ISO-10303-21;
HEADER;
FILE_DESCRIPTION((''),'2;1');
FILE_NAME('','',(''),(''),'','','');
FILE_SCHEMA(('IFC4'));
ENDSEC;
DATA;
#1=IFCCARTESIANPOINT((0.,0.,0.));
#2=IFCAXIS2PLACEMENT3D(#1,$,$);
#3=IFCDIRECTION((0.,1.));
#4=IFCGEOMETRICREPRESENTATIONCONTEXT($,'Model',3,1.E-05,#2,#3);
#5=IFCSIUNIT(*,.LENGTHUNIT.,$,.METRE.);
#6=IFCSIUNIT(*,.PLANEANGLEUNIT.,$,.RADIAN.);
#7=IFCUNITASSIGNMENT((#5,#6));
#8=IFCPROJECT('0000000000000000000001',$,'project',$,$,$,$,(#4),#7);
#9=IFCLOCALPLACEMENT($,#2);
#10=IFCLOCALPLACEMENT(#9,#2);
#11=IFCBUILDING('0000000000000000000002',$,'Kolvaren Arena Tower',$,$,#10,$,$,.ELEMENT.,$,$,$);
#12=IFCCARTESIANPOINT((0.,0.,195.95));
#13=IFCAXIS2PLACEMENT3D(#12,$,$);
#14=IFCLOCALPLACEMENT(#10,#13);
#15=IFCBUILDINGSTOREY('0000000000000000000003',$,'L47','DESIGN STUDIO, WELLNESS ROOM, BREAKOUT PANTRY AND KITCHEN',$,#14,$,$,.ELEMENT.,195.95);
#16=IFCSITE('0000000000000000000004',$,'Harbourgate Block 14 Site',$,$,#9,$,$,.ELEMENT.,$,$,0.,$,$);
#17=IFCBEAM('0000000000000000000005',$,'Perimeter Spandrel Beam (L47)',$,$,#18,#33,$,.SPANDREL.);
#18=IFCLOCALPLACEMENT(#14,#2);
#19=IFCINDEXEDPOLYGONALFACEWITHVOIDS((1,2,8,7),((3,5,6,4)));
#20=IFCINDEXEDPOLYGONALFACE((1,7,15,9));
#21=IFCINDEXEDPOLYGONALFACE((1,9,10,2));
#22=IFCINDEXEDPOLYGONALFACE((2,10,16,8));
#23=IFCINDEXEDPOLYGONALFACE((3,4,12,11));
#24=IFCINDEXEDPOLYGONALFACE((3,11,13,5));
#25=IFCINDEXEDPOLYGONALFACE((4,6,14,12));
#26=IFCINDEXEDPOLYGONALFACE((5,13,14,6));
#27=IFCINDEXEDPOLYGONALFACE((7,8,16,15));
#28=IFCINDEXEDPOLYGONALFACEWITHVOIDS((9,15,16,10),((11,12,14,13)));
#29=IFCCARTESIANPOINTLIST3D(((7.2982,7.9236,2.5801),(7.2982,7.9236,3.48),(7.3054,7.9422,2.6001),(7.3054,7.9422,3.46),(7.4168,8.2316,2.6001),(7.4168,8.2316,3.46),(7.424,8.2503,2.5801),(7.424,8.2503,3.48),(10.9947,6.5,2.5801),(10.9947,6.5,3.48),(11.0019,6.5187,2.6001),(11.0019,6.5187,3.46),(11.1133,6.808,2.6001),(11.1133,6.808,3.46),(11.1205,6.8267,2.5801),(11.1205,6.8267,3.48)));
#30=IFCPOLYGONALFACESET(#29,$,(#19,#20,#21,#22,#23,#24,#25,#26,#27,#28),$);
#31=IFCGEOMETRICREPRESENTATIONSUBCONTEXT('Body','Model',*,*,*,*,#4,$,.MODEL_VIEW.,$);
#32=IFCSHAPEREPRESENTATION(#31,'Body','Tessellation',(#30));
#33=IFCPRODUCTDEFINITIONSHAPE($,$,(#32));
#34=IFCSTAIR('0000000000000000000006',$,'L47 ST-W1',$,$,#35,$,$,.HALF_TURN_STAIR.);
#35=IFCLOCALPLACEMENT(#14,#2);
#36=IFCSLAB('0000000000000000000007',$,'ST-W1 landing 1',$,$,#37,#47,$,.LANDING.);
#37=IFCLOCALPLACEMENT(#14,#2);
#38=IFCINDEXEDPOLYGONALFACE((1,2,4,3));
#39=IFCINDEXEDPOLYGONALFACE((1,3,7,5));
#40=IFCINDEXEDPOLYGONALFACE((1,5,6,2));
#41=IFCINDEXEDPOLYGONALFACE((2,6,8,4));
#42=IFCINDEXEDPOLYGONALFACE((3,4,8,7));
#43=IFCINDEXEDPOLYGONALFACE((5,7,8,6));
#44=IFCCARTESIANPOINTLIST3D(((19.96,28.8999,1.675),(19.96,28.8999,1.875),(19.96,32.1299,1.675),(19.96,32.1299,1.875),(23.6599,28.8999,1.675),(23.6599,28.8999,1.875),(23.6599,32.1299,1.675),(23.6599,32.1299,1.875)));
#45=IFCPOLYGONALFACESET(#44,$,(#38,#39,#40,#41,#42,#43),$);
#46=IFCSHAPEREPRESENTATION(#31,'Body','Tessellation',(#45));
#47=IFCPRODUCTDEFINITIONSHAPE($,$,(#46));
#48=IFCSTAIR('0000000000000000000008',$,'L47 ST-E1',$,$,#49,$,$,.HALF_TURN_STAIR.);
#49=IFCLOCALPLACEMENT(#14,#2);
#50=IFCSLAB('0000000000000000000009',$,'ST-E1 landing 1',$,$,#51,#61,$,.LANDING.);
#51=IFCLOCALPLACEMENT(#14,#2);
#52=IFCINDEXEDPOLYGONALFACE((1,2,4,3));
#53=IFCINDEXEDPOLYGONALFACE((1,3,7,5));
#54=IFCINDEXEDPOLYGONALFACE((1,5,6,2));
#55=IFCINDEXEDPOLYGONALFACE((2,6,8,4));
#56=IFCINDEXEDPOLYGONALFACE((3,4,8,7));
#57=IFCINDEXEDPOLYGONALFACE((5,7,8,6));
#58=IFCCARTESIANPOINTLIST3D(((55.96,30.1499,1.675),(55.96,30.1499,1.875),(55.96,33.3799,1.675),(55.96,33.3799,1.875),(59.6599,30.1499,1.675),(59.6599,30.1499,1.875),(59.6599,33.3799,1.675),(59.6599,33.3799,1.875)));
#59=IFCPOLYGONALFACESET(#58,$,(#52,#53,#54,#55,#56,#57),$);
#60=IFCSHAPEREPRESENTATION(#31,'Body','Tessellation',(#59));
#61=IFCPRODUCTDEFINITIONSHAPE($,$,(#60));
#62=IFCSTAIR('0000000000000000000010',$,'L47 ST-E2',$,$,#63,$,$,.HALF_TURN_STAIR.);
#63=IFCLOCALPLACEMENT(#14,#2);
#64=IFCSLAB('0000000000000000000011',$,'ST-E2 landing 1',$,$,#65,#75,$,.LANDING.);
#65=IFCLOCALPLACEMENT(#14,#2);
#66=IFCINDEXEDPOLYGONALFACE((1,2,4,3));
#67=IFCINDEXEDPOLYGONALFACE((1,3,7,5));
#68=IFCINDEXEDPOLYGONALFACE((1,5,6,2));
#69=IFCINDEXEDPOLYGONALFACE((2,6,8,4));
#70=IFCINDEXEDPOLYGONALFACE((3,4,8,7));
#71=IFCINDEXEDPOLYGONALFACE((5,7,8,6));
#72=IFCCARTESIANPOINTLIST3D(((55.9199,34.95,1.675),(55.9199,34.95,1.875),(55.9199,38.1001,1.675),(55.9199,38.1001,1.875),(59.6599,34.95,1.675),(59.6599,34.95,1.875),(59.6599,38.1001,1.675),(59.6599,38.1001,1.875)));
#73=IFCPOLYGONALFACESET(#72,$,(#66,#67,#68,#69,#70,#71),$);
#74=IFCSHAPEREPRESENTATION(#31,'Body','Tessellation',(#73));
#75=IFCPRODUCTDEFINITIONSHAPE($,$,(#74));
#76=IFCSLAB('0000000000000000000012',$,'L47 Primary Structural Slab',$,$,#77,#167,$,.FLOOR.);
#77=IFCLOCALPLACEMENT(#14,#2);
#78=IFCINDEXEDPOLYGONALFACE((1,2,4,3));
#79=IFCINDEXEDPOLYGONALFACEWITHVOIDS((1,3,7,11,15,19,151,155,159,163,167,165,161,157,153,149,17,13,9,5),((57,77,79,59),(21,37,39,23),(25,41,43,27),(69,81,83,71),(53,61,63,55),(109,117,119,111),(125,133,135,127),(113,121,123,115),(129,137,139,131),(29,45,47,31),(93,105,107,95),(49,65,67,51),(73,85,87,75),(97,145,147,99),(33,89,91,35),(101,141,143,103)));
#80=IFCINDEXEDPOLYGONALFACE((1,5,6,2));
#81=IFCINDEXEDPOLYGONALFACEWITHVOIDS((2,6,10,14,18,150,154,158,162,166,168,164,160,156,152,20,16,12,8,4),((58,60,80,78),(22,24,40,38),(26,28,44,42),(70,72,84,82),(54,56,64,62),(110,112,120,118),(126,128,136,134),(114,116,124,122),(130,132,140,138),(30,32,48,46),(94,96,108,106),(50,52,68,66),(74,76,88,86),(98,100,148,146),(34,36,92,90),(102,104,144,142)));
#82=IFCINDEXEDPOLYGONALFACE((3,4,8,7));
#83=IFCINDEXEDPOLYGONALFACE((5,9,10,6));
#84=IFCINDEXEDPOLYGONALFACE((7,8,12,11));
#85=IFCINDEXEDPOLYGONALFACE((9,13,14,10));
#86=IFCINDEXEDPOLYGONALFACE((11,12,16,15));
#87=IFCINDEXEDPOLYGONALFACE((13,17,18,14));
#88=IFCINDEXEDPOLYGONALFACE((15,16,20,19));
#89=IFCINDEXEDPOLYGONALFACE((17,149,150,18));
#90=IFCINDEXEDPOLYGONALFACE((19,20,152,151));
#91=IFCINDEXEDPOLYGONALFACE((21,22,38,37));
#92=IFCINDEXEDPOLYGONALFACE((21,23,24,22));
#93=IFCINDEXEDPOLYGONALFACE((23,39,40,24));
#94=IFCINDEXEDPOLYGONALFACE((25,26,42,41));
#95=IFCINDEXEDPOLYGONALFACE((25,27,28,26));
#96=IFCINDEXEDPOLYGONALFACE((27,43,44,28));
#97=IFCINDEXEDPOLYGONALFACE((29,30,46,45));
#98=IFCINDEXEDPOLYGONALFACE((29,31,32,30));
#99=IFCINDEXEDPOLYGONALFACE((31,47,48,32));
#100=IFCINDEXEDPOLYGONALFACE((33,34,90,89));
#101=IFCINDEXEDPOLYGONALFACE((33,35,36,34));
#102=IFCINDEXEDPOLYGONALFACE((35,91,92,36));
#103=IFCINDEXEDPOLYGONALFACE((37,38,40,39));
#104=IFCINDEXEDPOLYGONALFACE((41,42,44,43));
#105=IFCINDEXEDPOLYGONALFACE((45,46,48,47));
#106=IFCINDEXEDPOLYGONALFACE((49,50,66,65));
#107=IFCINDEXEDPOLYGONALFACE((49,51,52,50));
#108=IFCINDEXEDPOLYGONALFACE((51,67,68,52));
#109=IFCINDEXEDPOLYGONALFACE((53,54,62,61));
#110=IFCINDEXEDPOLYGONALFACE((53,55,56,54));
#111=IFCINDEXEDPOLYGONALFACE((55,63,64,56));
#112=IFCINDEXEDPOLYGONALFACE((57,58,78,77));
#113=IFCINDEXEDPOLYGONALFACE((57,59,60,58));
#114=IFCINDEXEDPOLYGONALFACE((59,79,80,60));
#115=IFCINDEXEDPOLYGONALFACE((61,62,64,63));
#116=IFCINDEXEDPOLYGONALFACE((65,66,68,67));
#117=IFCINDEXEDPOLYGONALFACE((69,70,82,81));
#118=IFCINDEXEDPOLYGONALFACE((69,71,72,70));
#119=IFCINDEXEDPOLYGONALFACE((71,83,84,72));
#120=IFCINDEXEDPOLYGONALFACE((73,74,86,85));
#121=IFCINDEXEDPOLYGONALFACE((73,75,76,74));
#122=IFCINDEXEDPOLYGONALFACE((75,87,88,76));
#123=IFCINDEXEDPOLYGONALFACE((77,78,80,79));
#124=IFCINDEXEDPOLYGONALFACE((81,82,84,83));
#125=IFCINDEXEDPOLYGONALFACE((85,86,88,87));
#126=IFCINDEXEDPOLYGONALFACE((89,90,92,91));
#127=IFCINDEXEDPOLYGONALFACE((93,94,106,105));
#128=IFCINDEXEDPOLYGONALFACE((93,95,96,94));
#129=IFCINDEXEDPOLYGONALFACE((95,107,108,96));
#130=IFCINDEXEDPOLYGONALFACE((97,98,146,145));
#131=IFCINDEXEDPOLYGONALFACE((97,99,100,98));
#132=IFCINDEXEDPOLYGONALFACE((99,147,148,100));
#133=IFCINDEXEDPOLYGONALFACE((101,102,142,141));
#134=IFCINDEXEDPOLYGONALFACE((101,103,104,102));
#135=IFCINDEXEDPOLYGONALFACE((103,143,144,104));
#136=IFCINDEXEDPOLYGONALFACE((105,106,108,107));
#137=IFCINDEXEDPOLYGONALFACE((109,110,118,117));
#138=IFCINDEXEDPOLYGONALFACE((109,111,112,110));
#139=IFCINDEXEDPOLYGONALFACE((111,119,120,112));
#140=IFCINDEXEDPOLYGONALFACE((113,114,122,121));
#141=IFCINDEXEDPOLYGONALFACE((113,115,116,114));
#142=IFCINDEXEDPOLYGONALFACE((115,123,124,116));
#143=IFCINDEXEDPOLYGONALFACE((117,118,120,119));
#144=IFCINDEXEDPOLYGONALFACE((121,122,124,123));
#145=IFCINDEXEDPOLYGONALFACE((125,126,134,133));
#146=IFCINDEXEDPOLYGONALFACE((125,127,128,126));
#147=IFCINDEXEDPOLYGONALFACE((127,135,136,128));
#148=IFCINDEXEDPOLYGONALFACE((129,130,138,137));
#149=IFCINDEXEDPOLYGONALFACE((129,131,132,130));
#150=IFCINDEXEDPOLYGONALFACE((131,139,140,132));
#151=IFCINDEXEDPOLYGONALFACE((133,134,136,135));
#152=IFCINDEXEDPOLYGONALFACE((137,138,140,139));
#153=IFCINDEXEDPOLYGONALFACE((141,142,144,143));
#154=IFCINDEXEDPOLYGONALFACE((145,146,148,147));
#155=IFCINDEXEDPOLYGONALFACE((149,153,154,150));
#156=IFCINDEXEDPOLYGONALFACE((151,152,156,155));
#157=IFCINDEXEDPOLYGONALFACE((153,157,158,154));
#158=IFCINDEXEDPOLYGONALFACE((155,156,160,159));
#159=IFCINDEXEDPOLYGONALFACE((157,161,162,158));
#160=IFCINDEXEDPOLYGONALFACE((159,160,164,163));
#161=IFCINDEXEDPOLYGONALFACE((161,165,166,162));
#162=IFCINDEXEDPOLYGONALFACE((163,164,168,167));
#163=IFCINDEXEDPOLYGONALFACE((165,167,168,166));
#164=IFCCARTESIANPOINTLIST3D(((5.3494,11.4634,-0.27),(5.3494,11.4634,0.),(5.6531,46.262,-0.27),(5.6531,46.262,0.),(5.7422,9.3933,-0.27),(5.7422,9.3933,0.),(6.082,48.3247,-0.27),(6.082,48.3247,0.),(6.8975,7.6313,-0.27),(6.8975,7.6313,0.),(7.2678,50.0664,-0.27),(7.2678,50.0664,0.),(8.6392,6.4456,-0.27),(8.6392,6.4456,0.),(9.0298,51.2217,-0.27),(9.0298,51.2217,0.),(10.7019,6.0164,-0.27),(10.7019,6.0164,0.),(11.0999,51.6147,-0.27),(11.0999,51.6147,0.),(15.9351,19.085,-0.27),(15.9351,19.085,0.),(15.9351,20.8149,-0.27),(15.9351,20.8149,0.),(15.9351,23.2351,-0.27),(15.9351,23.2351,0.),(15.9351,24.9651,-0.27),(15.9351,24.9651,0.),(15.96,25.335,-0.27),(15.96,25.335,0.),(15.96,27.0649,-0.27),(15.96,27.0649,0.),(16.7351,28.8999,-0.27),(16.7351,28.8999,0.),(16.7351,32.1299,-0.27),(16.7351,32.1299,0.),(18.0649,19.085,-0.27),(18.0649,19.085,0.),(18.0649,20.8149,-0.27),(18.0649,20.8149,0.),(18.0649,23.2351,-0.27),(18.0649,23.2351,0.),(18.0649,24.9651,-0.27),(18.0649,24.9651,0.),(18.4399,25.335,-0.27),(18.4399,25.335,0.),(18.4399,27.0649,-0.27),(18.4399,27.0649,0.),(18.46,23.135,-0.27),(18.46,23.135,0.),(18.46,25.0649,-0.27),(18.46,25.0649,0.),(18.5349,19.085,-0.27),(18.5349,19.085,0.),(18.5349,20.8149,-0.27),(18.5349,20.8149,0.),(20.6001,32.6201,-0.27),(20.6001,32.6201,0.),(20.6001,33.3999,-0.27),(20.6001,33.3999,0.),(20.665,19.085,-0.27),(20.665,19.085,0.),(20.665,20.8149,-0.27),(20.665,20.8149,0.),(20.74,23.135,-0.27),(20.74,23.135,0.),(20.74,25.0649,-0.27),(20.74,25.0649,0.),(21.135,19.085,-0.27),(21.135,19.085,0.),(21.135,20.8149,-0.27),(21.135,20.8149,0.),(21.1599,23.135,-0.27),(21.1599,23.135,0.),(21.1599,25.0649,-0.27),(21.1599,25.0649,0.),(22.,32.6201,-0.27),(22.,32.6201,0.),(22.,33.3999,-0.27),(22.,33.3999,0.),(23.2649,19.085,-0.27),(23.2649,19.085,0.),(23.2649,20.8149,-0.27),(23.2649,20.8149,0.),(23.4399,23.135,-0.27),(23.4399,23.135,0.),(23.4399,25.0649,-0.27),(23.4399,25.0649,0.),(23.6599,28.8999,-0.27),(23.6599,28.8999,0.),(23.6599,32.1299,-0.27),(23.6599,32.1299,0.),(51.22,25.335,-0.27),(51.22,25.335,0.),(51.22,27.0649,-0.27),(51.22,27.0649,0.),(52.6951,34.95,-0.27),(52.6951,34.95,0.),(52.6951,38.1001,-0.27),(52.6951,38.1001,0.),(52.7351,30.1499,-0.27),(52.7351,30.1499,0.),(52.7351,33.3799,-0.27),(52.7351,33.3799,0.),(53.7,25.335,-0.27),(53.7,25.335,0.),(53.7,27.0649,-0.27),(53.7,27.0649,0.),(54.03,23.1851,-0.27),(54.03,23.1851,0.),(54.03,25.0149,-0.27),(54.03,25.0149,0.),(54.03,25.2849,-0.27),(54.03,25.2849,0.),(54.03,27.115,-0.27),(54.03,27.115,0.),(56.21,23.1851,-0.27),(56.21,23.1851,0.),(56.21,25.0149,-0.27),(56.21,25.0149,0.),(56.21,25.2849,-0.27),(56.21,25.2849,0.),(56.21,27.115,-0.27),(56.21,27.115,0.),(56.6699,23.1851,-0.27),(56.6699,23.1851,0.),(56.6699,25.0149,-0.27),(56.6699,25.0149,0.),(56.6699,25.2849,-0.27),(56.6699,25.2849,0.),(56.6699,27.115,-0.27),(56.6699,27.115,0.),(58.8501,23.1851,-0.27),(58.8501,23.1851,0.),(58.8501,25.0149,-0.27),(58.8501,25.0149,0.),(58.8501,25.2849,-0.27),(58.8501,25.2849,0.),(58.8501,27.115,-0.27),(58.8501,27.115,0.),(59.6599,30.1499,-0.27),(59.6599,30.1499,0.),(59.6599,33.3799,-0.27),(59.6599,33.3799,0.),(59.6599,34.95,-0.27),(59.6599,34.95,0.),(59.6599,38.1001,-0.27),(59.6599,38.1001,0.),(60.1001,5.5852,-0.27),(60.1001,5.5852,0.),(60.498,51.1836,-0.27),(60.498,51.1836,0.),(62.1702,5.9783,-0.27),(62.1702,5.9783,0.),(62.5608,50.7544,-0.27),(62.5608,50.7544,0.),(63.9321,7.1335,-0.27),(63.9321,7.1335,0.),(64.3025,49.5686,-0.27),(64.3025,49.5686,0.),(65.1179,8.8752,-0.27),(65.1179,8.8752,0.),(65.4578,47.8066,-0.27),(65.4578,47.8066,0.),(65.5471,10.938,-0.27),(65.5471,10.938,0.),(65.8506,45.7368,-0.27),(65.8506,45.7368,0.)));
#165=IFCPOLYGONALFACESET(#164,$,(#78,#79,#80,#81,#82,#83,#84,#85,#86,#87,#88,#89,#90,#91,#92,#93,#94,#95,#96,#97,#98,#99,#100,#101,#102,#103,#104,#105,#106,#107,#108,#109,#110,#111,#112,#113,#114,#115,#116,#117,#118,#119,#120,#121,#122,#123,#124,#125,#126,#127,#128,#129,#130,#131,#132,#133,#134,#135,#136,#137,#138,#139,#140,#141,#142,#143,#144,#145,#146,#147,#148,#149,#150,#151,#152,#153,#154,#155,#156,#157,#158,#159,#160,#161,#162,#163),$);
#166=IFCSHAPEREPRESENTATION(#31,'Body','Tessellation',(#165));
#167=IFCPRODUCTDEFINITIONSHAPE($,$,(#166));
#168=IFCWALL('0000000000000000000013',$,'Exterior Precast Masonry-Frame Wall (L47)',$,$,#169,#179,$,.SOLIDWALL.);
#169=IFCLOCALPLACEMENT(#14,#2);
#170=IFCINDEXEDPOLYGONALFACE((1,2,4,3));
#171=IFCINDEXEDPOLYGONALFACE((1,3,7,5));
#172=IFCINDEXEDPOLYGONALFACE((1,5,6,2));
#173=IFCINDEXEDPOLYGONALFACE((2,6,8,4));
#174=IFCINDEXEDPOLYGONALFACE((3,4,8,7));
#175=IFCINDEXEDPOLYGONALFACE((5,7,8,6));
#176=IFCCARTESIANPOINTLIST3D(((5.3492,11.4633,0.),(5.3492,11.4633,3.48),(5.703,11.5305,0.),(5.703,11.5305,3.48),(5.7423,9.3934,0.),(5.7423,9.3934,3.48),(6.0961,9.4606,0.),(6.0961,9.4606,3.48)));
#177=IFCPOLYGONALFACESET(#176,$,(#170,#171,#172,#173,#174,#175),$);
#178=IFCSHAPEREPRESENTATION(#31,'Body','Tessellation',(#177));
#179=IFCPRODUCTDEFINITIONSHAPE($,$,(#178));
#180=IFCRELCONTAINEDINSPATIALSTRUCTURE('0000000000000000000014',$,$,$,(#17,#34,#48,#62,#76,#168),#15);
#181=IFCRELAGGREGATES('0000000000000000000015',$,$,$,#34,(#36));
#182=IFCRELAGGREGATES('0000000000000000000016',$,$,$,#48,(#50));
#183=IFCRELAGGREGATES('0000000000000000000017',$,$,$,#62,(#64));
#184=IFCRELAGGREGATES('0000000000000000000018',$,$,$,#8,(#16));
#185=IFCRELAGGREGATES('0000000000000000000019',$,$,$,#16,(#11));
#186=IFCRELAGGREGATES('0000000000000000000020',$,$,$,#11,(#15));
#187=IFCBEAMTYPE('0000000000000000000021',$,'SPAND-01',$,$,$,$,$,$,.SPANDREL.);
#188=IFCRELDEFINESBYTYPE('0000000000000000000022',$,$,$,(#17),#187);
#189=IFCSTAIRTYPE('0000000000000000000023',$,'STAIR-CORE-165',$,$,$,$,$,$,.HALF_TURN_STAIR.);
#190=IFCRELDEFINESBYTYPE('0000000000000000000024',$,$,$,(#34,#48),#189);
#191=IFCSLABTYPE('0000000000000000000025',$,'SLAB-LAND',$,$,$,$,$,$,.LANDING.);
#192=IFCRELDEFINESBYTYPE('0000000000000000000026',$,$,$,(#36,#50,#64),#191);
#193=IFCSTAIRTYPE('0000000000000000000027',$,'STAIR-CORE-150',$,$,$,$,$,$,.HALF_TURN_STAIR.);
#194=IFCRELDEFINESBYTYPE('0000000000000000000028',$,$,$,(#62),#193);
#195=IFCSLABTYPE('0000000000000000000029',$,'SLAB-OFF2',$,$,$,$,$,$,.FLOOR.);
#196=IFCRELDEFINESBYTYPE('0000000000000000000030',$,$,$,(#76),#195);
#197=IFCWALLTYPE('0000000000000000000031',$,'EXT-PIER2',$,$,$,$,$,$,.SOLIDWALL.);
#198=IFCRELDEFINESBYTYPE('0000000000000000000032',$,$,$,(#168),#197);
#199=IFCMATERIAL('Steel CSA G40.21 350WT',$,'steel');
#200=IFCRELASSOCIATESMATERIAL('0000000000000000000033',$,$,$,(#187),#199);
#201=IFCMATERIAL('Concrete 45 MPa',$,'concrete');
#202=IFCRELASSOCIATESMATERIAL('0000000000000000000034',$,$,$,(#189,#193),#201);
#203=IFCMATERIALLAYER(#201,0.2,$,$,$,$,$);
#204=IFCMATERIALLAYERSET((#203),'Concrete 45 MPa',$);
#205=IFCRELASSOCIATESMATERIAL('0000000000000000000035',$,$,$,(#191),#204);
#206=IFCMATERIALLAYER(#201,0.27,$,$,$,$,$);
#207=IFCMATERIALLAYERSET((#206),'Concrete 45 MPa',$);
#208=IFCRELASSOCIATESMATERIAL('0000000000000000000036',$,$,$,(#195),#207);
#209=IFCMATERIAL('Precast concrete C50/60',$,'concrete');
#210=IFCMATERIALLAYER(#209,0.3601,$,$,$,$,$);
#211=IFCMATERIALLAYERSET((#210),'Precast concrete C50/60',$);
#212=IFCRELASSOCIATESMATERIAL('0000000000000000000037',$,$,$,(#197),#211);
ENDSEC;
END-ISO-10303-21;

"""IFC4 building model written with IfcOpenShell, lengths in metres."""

from ifc_helpers import new_model, si_unit, direction, frame, frame_2d, origin, origin_2d, place, context, subcontext, project, spatial, polyline, rectangle, hollow_rectangle, outline, extrude, material, layer, layer_set, material_profile, profile_set, type_object, element, aggregate, save


model = new_model("IFC4")

# Units and contexts
model_context = context("Model", 3, precision=1e-05, world=origin(), true_north=direction((0.0, 1.0)))
body_context = subcontext(model_context, "Body", "Model", "MODEL_VIEW")
ifc_project = project(units=[si_unit("LENGTHUNIT", "METRE"), si_unit("PLANEANGLEUNIT", "RADIAN")], contexts=[model_context])

# Site, building, storey
site_placement = place(None, origin())
site = spatial("IfcSite", under=ifc_project, at=site_placement, Name="Harbourgate Block 14 Site", CompositionType="ELEMENT", RefElevation=0.0)
building_placement = place(site_placement, origin())
building = spatial("IfcBuilding", under=site, at=building_placement, Name="Kolvaren Arena Tower", CompositionType="ELEMENT")
storey_placement = place(building_placement, frame((0.0, 0.0, 195.95)))
storey = spatial("IfcBuildingStorey", under=building, at=storey_placement, Name="L47", Description="DESIGN STUDIO, WELLNESS ROOM, BREAKOUT PANTRY AND KITCHEN", CompositionType="ELEMENT", Elevation=195.95)

# Beam
ifc_material_1 = material(Name="Steel CSA G40.21 350WT", Category="steel")
ifc_material_profile_1 = material_profile(ifc_material_1, hollow_rectangle(XDim=0.3501, YDim=0.8999, WallThickness=0.02, at=origin_2d()), Name="HSS 900x350x20")
ifc_profile_set_1 = profile_set([ifc_material_profile_1], Name="Steel CSA G40.21 350WT")
beam_type_1 = type_object("IfcBeamType", Name="SPAND-01", PredefinedType="SPANDREL", material=ifc_profile_set_1)
beam_1_placement = place(storey_placement, frame((7.3611, 8.0869, 3.03), z_axis=(0.93319, -0.359384, 0.0), x_axis=(0.359384, 0.93319, 0.0)))
element("IfcBeam", 1, at=beam_1_placement, inside=storey, type_object=beam_type_1, Name="Perimeter Spandrel Beam (L47)", PredefinedType="SPANDREL", context=body_context, shape_type="SweptSolid", body=[
    extrude(hollow_rectangle(XDim=0.3501, YDim=0.8999, WallThickness=0.02, at=origin_2d()), origin(), (0.0, 0.0, 1.0), 3.9612),
])

# Stairs, slabs
ifc_material_2 = material(Name="Concrete 45 MPa", Category="concrete")
stair_type_1 = type_object("IfcStairType", Name="STAIR-CORE-165", PredefinedType="HALF_TURN_STAIR", material=ifc_material_2)
stair_1_placement = place(storey_placement, origin())
stair_1 = element("IfcStair", 2, at=stair_1_placement, inside=storey, type_object=stair_type_1, Name="L47 ST-W1", PredefinedType="HALF_TURN_STAIR")
ifc_layer_1 = layer(ifc_material_2, 0.2)
ifc_layer_set_1 = layer_set([ifc_layer_1], Name="Concrete 45 MPa")
slab_type_1 = type_object("IfcSlabType", Name="SLAB-LAND", PredefinedType="LANDING", material=ifc_layer_set_1)
slab_1_placement = place(storey_placement, frame((0.0, 0.0, 1.675)))
slab_1 = element("IfcSlab", 3, at=slab_1_placement, type_object=slab_type_1, Name="ST-W1 landing 1", PredefinedType="LANDING", context=body_context, shape_type="SweptSolid", body=[
    extrude(outline(polyline([(19.96, 28.8999), (23.6599, 28.8999), (23.6599, 32.1299), (19.96, 32.1299), (19.96, 28.8999)])), origin(), (0.0, 0.0, 1.0), 0.2),
])
aggregate(stair_1, [slab_1])
stair_2_placement = place(storey_placement, origin())
stair_2 = element("IfcStair", 4, at=stair_2_placement, inside=storey, type_object=stair_type_1, Name="L47 ST-E1", PredefinedType="HALF_TURN_STAIR")
slab_2_placement = place(storey_placement, frame((0.0, 0.0, 1.675)))
slab_2 = element("IfcSlab", 5, at=slab_2_placement, type_object=slab_type_1, Name="ST-E1 landing 1", PredefinedType="LANDING", context=body_context, shape_type="SweptSolid", body=[
    extrude(outline(polyline([(55.96, 30.1499), (59.6599, 30.1499), (59.6599, 33.3799), (55.96, 33.3799), (55.96, 30.1499)])), origin(), (0.0, 0.0, 1.0), 0.2),
])
aggregate(stair_2, [slab_2])
stair_type_2 = type_object("IfcStairType", Name="STAIR-CORE-150", PredefinedType="HALF_TURN_STAIR", material=ifc_material_2)
stair_3_placement = place(storey_placement, origin())
stair_3 = element("IfcStair", 6, at=stair_3_placement, inside=storey, type_object=stair_type_2, Name="L47 ST-E2", PredefinedType="HALF_TURN_STAIR")
slab_3_placement = place(storey_placement, frame((0.0, 0.0, 1.675)))
slab_3 = element("IfcSlab", 7, at=slab_3_placement, type_object=slab_type_1, Name="ST-E2 landing 1", PredefinedType="LANDING", context=body_context, shape_type="SweptSolid", body=[
    extrude(outline(polyline([(55.9199, 34.95), (59.6599, 34.95), (59.6599, 38.1001), (55.9199, 38.1001), (55.9199, 34.95)])), origin(), (0.0, 0.0, 1.0), 0.2),
])
aggregate(stair_3, [slab_3])

# Slab
ifc_layer_2 = layer(ifc_material_2, 0.27)
ifc_layer_set_2 = layer_set([ifc_layer_2], Name="Concrete 45 MPa")
slab_type_2 = type_object("IfcSlabType", Name="SLAB-OFF2", PredefinedType="FLOOR", material=ifc_layer_set_2)
slab_4_placement = place(storey_placement, frame((0.0, 0.0, -0.27)))
element("IfcSlab", 8, at=slab_4_placement, inside=storey, type_object=slab_type_2, Name="L47 Primary Structural Slab", PredefinedType="FLOOR", context=body_context, shape_type="SweptSolid", body=[
    extrude(outline(polyline([(60.1001, 5.5852), (62.1702, 5.9783), (63.9321, 7.1335), (65.1179, 8.8752), (65.5471, 10.938), (65.8506, 45.7368), (65.4578, 47.8066), (64.3025, 49.5686), (62.5608, 50.7544), (60.498, 51.1836), (11.0999, 51.6147), (9.0298, 51.2217), (7.2678, 50.0664), (6.082, 48.3247), (5.6531, 46.262), (5.3494, 11.4634), (5.7422, 9.3933), (6.8975, 7.6313), (8.6392, 6.4456), (10.7019, 6.0164), (60.1001, 5.5852)]), holes=[polyline([(15.9351, 19.085), (15.9351, 20.8149), (18.0649, 20.8149), (18.0649, 19.085), (15.9351, 19.085)]), polyline([(18.5349, 19.085), (18.5349, 20.8149), (20.665, 20.8149), (20.665, 19.085), (18.5349, 19.085)]), polyline([(21.135, 19.085), (21.135, 20.8149), (23.2649, 20.8149), (23.2649, 19.085), (21.135, 19.085)]), polyline([(18.46, 23.135), (18.46, 25.0649), (20.74, 25.0649), (20.74, 23.135), (18.46, 23.135)]), polyline([(21.1599, 23.135), (21.1599, 25.0649), (23.4399, 25.0649), (23.4399, 23.135), (21.1599, 23.135)]), polyline([(54.03, 23.1851), (54.03, 25.0149), (56.21, 25.0149), (56.21, 23.1851), (54.03, 23.1851)]), polyline([(56.6699, 23.1851), (56.6699, 25.0149), (58.8501, 25.0149), (58.8501, 23.1851), (56.6699, 23.1851)]), polyline([(15.9351, 23.2351), (15.9351, 24.9651), (18.0649, 24.9651), (18.0649, 23.2351), (15.9351, 23.2351)]), polyline([(54.03, 25.2849), (54.03, 27.115), (56.21, 27.115), (56.21, 25.2849), (54.03, 25.2849)]), polyline([(56.6699, 25.2849), (56.6699, 27.115), (58.8501, 27.115), (58.8501, 25.2849), (56.6699, 25.2849)]), polyline([(15.96, 25.335), (15.96, 27.0649), (18.4399, 27.0649), (18.4399, 25.335), (15.96, 25.335)]), polyline([(51.22, 25.335), (51.22, 27.0649), (53.7, 27.0649), (53.7, 25.335), (51.22, 25.335)]), polyline([(16.7351, 28.8999), (16.7351, 32.1299), (23.6599, 32.1299), (23.6599, 28.8999), (16.7351, 28.8999)]), polyline([(52.7351, 30.1499), (52.7351, 33.3799), (59.6599, 33.3799), (59.6599, 30.1499), (52.7351, 30.1499)]), polyline([(20.6001, 32.6201), (20.6001, 33.3999), (22.0, 33.3999), (22.0, 32.6201), (20.6001, 32.6201)]), polyline([(52.6951, 34.95), (52.6951, 38.1001), (59.6599, 38.1001), (59.6599, 34.95), (52.6951, 34.95)])]), origin(), (0.0, 0.0, 1.0), 0.27),
])

# Wall
ifc_material_3 = material(Name="Precast concrete C50/60", Category="concrete")
ifc_layer_3 = layer(ifc_material_3, 0.3601)
ifc_layer_set_3 = layer_set([ifc_layer_3], Name="Precast concrete C50/60")
wall_type = type_object("IfcWallType", Name="EXT-PIER2", PredefinedType="SOLIDWALL", material=ifc_layer_set_3)
for number, where, z_axis, x_axis, name in (
    (9, (5.9192, 9.427, 0.0), (0.0, 0.0, 1.0), (-0.186569, 0.982442, 0.0), "Exterior Precast Masonry-Frame Wall (L47)"),
):
    element("IfcWall", number, at=place(storey_placement, frame(where, z_axis=z_axis, x_axis=x_axis)), inside=storey, type_object=wall_type, Name=name, PredefinedType="SOLIDWALL", context=body_context, shape_type="SweptSolid", body=[
        extrude(rectangle(XDim=2.1069, YDim=0.3601, at=frame_2d((1.0535, 0.0))), origin(), (0.0, 0.0, 1.0), 3.48),
    ])

save(model, "model.ifc")
